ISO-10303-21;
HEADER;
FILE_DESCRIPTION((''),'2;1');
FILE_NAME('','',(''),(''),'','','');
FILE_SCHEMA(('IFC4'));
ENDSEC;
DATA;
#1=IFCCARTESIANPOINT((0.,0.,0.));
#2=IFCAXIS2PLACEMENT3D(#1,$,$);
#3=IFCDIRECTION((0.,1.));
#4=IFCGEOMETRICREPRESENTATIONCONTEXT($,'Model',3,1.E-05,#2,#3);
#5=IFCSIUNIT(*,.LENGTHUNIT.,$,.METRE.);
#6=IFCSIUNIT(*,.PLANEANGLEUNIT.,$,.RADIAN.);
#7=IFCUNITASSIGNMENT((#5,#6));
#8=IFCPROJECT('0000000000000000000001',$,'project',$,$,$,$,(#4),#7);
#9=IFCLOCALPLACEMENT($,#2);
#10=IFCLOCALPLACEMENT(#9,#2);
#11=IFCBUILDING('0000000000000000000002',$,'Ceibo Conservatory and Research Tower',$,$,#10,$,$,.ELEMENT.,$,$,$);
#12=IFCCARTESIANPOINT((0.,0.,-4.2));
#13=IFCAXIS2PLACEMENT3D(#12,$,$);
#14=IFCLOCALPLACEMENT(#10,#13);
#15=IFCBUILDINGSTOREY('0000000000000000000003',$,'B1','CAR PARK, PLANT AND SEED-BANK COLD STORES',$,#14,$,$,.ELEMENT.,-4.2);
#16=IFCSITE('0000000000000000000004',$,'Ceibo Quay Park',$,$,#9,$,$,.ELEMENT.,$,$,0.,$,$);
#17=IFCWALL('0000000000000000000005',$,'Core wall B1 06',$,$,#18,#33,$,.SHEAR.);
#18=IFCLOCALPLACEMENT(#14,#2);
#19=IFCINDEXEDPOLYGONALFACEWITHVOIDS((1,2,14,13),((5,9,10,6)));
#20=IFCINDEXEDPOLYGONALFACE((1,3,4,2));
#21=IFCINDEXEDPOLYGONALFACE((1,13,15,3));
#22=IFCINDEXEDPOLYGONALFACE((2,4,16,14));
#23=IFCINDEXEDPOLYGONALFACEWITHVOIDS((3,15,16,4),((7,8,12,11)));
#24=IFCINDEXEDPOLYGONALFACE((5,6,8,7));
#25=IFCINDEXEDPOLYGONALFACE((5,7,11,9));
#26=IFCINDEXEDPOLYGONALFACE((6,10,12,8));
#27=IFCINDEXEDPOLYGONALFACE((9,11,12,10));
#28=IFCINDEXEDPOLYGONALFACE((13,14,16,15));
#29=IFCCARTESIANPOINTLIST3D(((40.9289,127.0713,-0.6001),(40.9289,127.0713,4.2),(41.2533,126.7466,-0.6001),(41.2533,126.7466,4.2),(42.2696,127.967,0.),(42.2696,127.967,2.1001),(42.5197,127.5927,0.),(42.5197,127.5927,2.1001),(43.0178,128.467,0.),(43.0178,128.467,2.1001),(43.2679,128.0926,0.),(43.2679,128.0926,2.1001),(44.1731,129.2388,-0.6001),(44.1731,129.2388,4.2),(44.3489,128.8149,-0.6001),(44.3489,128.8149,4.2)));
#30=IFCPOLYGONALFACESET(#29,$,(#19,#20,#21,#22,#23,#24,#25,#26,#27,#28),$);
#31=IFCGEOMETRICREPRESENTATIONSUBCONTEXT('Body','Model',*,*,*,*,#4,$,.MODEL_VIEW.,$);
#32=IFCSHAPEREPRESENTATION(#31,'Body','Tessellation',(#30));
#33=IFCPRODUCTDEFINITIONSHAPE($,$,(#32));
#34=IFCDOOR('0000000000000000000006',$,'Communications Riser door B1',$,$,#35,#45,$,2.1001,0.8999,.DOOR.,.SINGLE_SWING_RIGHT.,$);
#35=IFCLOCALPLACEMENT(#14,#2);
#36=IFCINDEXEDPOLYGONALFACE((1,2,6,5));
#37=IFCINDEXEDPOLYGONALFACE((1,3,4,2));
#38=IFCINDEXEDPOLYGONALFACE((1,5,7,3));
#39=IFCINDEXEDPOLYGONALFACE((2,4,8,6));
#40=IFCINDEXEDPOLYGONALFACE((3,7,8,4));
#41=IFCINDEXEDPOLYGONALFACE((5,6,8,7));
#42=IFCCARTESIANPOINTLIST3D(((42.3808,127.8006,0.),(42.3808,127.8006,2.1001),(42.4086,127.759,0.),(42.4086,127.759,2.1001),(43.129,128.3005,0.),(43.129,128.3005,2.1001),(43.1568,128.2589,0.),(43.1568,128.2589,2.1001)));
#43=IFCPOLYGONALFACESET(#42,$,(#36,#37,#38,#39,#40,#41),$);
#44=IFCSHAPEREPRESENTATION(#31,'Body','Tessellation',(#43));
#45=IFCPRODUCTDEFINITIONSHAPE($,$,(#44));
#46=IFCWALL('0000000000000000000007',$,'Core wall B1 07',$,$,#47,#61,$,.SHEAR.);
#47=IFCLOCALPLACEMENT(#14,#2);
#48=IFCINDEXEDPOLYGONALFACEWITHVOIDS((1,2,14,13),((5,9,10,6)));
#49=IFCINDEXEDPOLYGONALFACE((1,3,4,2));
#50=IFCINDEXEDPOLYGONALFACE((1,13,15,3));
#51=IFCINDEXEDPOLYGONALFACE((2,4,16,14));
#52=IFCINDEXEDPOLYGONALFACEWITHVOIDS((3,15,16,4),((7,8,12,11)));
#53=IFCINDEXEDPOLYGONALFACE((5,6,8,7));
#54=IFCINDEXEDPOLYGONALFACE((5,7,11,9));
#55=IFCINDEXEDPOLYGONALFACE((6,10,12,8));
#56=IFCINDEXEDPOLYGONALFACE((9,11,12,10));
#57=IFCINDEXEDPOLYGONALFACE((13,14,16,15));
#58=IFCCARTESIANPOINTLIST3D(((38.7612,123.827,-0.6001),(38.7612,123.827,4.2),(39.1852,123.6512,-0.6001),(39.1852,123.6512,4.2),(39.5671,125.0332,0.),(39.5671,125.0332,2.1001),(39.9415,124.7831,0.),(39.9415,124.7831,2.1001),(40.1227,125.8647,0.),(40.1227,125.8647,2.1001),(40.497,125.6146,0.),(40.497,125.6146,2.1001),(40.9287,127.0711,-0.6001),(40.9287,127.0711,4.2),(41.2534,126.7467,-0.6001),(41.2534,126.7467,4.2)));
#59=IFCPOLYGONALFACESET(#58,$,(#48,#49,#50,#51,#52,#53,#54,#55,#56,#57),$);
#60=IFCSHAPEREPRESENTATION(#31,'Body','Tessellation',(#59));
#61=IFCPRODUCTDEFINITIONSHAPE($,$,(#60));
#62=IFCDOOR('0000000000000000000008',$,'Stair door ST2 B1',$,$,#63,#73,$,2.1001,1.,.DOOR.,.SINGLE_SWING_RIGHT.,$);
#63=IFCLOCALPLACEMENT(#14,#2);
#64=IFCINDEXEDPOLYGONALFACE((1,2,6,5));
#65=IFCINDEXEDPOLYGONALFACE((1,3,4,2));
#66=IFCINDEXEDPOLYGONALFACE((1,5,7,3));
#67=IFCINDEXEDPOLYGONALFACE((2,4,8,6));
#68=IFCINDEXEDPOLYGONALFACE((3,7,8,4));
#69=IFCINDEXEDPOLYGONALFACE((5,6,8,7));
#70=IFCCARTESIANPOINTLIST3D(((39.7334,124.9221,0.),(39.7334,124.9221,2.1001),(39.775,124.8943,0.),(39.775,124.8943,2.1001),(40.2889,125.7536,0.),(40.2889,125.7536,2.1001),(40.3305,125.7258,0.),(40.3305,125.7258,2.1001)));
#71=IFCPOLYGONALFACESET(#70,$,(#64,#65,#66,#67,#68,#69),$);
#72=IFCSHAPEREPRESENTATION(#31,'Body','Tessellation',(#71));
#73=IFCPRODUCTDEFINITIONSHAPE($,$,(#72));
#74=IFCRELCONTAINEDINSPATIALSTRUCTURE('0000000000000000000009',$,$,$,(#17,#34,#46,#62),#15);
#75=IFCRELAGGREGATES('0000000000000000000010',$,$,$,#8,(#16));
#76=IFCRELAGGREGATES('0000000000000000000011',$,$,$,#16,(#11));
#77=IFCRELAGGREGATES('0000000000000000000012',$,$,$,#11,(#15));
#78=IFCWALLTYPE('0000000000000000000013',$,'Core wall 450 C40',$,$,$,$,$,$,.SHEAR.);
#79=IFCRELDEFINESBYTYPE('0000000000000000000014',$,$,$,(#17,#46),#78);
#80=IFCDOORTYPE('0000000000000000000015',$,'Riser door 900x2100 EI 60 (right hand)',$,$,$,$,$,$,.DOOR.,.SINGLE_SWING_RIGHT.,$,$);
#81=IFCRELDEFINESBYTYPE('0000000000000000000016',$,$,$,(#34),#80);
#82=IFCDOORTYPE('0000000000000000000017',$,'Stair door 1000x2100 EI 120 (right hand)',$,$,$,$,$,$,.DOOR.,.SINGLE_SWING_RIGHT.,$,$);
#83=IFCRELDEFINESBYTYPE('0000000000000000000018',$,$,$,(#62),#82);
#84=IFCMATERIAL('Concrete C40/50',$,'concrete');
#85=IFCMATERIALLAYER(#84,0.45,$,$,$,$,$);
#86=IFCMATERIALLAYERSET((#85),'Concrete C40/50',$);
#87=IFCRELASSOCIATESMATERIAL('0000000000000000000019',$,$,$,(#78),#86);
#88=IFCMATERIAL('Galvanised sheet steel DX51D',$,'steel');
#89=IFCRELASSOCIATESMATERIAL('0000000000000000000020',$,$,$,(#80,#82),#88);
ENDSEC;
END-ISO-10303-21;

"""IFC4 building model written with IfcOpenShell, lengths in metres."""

from ifc_helpers import new_model, si_unit, direction, frame, frame_2d, origin, place, context, subcontext, project, spatial, polyline, rectangle, outline, extrude, material, layer, layer_set, type_object, element, fill, save


model = new_model("IFC4")

# Units and contexts
model_context = context("Model", 3, precision=1e-05, world=origin(), true_north=direction((0.0, 1.0)))
body_context = subcontext(model_context, "Body", "Model", "MODEL_VIEW")
ifc_project = project(units=[si_unit("LENGTHUNIT", "METRE"), si_unit("PLANEANGLEUNIT", "RADIAN")], contexts=[model_context])

# Site, building, storey
site_placement = place(None, origin())
site = spatial("IfcSite", under=ifc_project, at=site_placement, Name="Ceibo Quay Park", CompositionType="ELEMENT", RefElevation=0.0)
building_placement = place(site_placement, origin())
building = spatial("IfcBuilding", under=site, at=building_placement, Name="Ceibo Conservatory and Research Tower", CompositionType="ELEMENT")
storey_placement = place(building_placement, frame((0.0, 0.0, -4.2)))
storey = spatial("IfcBuildingStorey", under=building, at=storey_placement, Name="B1", Description="CAR PARK, PLANT AND SEED-BANK COLD STORES", CompositionType="ELEMENT", Elevation=-4.2)

# Shared definitions
ifc_material_1 = material(Name="Concrete C40/50", Category="concrete")

# Shared definitions
ifc_layer_1 = layer(ifc_material_1, 0.45)
ifc_layer_set_1 = layer_set([ifc_layer_1], Name="Concrete C40/50")
wall_type = type_object("IfcWallType", Name="Core wall 450 C40", PredefinedType="SHEAR", material=ifc_layer_set_1)

# Walls, openings, doors
wall_1_placement = place(storey_placement, frame((44.261, 129.0269, -0.6001), z_axis=(0.0, 0.0, 1.0), x_axis=(-0.831488, -0.555542, 0.0)))
wall_1 = element("IfcWall", 1, at=wall_1_placement, inside=storey, type_object=wall_type, Name="Core wall B1 06", PredefinedType="SHEAR", context=body_context, shape_type="SweptSolid", body=[
    extrude(outline(polyline([(-0.0447, -0.2251), (3.8569, -0.2251), (3.7676, 0.2251), (0.0447, 0.2251), (-0.0447, -0.2251)])), origin(), (0.0, 0.0, 1.0), 4.8),
])
opening_1_placement = place(wall_1_placement, frame((1.3447, 0.0, 0.6001)))
opening_1 = element("IfcOpeningElement", 2, at=opening_1_placement, cuts=wall_1, PredefinedType="OPENING", context=body_context, shape_type="SweptSolid", body=[
    extrude(rectangle(XDim=0.8999, YDim=2.1001, at=frame_2d((0.45, 1.05))), frame((0.0, 0.2349, 0.0), z_axis=(0.0, -1.0, 0.0), x_axis=(1.0, 0.0, 0.0)), (0.0, 0.0, 1.0), 0.47),
])
ifc_material_2 = material(Name="Galvanised sheet steel DX51D", Category="steel")
door_type_1 = type_object("IfcDoorType", Name="Riser door 900x2100 EI 60 (right hand)", OperationType="SINGLE_SWING_RIGHT", PredefinedType="DOOR", material=ifc_material_2)
door_1_placement = place(opening_1_placement, frame((0.8999, 0.0, 0.0), z_axis=(0.0, 0.0, 1.0), x_axis=(-1.0, 0.0, 0.0)))
door_1 = element("IfcDoor", 3, at=door_1_placement, inside=storey, type_object=door_type_1, Name="Communications Riser door B1", OperationType="SINGLE_SWING_RIGHT", OverallHeight=2.1001, OverallWidth=0.8999, PredefinedType="DOOR", context=body_context, shape_type="SweptSolid", body=[
    extrude(rectangle(XDim=0.8999, YDim=2.1001, at=frame_2d((0.45, 1.05))), frame((0.0, 0.0249, 0.0), z_axis=(0.0, -1.0, 0.0), x_axis=(1.0, 0.0, 0.0)), (0.0, 0.0, 1.0), 0.05),
])
fill(opening_1, door_1)
wall_2_placement = place(storey_placement, frame((41.0911, 126.9089, -0.6001), z_axis=(0.0, 0.0, 1.0), x_axis=(-0.555542, -0.831488, 0.0)))
wall_2 = element("IfcWall", 4, at=wall_2_placement, inside=storey, type_object=wall_type, Name="Core wall B1 07", PredefinedType="SHEAR", context=body_context, shape_type="SweptSolid", body=[
    extrude(outline(polyline([(-0.0447, -0.2251), (3.8569, -0.2251), (3.7676, 0.2251), (0.0447, 0.2251), (-0.0447, -0.2251)])), origin(), (0.0, 0.0, 1.0), 4.8),
])
opening_2_placement = place(wall_2_placement, frame((1.4062, 0.0, 0.6001)))
opening_2 = element("IfcOpeningElement", 5, at=opening_2_placement, cuts=wall_2, PredefinedType="OPENING", context=body_context, shape_type="SweptSolid", body=[
    extrude(rectangle(XDim=1.0, YDim=2.1001, at=frame_2d((0.5, 1.05))), frame((0.0, 0.2349, 0.0), z_axis=(0.0, -1.0, 0.0), x_axis=(1.0, 0.0, 0.0)), (0.0, 0.0, 1.0), 0.47),
])
door_type_2 = type_object("IfcDoorType", Name="Stair door 1000x2100 EI 120 (right hand)", OperationType="SINGLE_SWING_RIGHT", PredefinedType="DOOR", material=ifc_material_2)
door_2_placement = place(opening_2_placement, origin())
door_2 = element("IfcDoor", 6, at=door_2_placement, inside=storey, type_object=door_type_2, Name="Stair door ST2 B1", OperationType="SINGLE_SWING_RIGHT", OverallHeight=2.1001, OverallWidth=1.0, PredefinedType="DOOR", context=body_context, shape_type="SweptSolid", body=[
    extrude(rectangle(XDim=1.0, YDim=2.1001, at=frame_2d((0.5, 1.05))), frame((0.0, 0.0249, 0.0), z_axis=(0.0, -1.0, 0.0), x_axis=(1.0, 0.0, 0.0)), (0.0, 0.0, 1.0), 0.05),
])
fill(opening_2, door_2)

save(model, "model.ifc")
